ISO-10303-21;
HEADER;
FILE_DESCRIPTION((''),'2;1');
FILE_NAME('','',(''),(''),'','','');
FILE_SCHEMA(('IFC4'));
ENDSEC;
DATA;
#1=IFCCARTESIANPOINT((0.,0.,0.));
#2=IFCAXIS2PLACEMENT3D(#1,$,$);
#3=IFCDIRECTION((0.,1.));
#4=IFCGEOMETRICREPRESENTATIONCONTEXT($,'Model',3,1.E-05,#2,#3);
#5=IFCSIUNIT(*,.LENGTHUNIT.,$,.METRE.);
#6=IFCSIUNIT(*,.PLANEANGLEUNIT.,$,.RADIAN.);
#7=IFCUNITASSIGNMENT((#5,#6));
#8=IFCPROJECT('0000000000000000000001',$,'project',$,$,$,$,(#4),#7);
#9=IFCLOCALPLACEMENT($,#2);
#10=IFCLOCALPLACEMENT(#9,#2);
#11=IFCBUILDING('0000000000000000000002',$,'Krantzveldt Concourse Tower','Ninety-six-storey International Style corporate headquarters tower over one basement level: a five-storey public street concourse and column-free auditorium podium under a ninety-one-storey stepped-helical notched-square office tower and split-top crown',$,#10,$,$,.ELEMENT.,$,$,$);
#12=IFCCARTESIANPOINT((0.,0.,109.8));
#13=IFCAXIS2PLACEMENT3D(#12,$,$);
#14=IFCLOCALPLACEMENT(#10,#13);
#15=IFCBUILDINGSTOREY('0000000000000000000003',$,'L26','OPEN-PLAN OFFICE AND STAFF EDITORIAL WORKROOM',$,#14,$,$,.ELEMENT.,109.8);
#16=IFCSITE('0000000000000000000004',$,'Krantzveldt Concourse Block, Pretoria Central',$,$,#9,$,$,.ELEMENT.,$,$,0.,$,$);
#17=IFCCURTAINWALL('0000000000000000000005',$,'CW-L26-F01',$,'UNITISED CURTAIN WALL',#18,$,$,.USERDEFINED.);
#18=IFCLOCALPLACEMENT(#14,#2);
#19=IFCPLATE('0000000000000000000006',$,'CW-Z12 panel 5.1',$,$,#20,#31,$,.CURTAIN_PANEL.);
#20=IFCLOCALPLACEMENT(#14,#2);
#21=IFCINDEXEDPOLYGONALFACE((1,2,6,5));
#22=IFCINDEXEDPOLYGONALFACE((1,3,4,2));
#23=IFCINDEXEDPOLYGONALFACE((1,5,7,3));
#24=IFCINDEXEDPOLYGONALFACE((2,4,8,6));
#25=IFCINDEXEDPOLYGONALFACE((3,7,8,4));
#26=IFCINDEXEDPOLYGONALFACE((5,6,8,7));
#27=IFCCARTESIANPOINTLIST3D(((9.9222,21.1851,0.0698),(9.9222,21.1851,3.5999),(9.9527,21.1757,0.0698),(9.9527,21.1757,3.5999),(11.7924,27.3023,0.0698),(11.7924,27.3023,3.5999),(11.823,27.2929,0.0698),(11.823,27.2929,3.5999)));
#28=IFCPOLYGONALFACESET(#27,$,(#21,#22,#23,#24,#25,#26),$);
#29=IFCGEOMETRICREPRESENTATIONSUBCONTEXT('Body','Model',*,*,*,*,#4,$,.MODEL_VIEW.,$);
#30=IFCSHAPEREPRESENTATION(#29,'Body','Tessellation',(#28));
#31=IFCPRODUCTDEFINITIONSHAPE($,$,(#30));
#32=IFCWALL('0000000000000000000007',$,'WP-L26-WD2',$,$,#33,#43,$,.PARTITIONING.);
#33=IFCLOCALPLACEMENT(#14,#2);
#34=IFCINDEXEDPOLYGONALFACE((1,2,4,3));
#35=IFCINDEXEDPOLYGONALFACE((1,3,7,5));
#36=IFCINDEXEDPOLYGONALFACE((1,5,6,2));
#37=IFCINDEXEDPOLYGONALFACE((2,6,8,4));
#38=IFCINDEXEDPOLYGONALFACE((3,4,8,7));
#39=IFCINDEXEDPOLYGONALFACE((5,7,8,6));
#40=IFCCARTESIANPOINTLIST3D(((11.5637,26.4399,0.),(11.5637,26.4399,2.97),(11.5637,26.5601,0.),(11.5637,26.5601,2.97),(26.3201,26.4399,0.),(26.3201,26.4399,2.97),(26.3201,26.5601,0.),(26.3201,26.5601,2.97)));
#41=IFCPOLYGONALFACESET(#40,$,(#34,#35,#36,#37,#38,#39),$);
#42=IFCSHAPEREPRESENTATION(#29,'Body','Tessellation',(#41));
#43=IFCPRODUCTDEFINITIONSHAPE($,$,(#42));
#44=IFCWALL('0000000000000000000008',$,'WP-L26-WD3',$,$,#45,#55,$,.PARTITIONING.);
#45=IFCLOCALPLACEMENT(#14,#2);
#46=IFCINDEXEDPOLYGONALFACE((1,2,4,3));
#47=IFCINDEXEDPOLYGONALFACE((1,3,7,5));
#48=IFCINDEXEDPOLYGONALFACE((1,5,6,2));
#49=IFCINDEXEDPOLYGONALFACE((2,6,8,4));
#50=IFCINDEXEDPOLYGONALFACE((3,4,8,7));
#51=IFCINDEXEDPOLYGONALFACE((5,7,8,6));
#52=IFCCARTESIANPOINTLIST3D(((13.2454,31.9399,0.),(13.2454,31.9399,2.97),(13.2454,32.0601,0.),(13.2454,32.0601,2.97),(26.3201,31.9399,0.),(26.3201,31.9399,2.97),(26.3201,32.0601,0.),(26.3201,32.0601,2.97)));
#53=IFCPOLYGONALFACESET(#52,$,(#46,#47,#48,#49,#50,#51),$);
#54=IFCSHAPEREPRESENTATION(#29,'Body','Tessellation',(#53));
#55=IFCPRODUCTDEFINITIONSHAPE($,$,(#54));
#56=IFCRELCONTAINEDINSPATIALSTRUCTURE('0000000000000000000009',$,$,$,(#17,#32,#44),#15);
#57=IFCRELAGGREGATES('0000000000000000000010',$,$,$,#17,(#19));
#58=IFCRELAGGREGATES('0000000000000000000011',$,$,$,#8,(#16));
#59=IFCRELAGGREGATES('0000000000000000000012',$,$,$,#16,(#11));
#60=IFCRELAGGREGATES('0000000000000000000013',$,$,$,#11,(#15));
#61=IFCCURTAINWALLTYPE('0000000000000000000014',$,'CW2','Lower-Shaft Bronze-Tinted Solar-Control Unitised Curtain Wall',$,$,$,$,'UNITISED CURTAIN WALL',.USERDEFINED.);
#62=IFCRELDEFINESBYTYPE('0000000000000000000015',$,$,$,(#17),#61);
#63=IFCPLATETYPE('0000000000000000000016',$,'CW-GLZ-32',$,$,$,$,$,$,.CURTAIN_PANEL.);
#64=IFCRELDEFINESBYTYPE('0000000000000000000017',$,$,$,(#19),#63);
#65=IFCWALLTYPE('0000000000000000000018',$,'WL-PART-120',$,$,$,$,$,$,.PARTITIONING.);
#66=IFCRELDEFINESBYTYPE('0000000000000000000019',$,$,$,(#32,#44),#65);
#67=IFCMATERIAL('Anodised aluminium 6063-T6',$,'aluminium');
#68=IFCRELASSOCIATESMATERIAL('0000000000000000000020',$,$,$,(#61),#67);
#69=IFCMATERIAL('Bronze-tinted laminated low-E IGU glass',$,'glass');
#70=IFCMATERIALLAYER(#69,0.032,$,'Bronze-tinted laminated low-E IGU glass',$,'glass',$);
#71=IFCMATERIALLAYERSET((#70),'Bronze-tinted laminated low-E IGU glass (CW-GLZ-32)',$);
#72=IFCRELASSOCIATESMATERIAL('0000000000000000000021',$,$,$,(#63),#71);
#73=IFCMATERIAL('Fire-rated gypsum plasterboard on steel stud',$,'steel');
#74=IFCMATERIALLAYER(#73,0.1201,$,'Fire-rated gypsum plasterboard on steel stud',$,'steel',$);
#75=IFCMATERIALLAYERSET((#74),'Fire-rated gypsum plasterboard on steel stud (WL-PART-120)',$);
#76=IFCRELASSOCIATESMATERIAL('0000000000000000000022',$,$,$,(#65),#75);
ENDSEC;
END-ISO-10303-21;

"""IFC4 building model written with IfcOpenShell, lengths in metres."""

from ifc_helpers import new_model, si_unit, direction, frame, frame_2d, origin, origin_2d, place, context, subcontext, project, spatial, rectangle, extrude, source, transform, mapped, material, layer, layer_set, type_object, type_shapes, element, aggregate, save


model = new_model("IFC4")

# Units and contexts
model_context = context("Model", 3, precision=1e-05, world=origin(), true_north=direction((0.0, 1.0)))
body_context = subcontext(model_context, "Body", "Model", "MODEL_VIEW")
ifc_project = project(units=[si_unit("LENGTHUNIT", "METRE"), si_unit("PLANEANGLEUNIT", "RADIAN")], contexts=[model_context])

# Site, building, storey
site_placement = place(None, origin())
site = spatial("IfcSite", under=ifc_project, at=site_placement, Name="Krantzveldt Concourse Block, Pretoria Central", CompositionType="ELEMENT", RefElevation=0.0)
building_placement = place(site_placement, origin())
building = spatial("IfcBuilding", under=site, at=building_placement, Name="Krantzveldt Concourse Tower", Description="Ninety-six-storey International Style corporate headquarters tower over one basement level: a five-storey public street concourse and column-free auditorium podium under a ninety-one-storey stepped-helical notched-square office tower and split-top crown", CompositionType="ELEMENT")
storey_placement = place(building_placement, frame((0.0, 0.0, 109.8)))
storey = spatial("IfcBuildingStorey", under=building, at=storey_placement, Name="L26", Description="OPEN-PLAN OFFICE AND STAFF EDITORIAL WORKROOM", CompositionType="ELEMENT", Elevation=109.8)

# Curtain wall, plate
ifc_material_1 = material(Name="Anodised aluminium 6063-T6", Category="aluminium")
curtain_wall_type = type_object("IfcCurtainWallType", Name="CW2", Description="Lower-Shaft Bronze-Tinted Solar-Control Unitised Curtain Wall", ElementType="UNITISED CURTAIN WALL", PredefinedType="USERDEFINED", material=ifc_material_1)
curtain_wall_placement = place(storey_placement, origin())
curtain_wall = element("IfcCurtainWall", 1, at=curtain_wall_placement, inside=storey, type_object=curtain_wall_type, Name="CW-L26-F01", ObjectType="UNITISED CURTAIN WALL", PredefinedType="USERDEFINED")
ifc_material_2 = material(Name="Bronze-tinted laminated low-E IGU glass", Category="glass")
ifc_layer_1 = layer(ifc_material_2, 0.032, Name="Bronze-tinted laminated low-E IGU glass", Category="glass")
ifc_layer_set_1 = layer_set([ifc_layer_1], Name="Bronze-tinted laminated low-E IGU glass (CW-GLZ-32)")
plate_type = type_object("IfcPlateType", Name="CW-GLZ-32", PredefinedType="CURTAIN_PANEL", material=ifc_layer_set_1)
shared_shape_1 = source(origin(), body_context, "Body", "SweptSolid", [
    extrude(rectangle(XDim=6.3967, YDim=0.032, at=origin_2d()), origin(), (0.0, 0.0, 1.0), 3.53),
])
type_shapes(plate_type, [shared_shape_1])
plate_1_placement = place(storey_placement, frame((10.8726, 24.239, 0.0698), z_axis=(0.0, 0.0, 1.0), x_axis=(-0.292372, -0.956305, 0.0)))
plate_1 = element("IfcPlate", 2, at=plate_1_placement, type_object=plate_type, Name="CW-Z12 panel 5.1", PredefinedType="CURTAIN_PANEL", context=body_context, shape_type="MappedRepresentation", body=[
    mapped(shared_shape_1, transform((0.0, 0.0, 0.0), x_axis=(1.0, 0.0, 0.0), y_axis=(0.0, 1.0, 0.0), z_axis=(0.0, 0.0, 1.0), scale=1.0)),
])
aggregate(curtain_wall, [plate_1])

# Walls
ifc_material_3 = material(Name="Fire-rated gypsum plasterboard on steel stud", Category="steel")
ifc_layer_2 = layer(ifc_material_3, 0.1201, Name="Fire-rated gypsum plasterboard on steel stud", Category="steel")
ifc_layer_set_2 = layer_set([ifc_layer_2], Name="Fire-rated gypsum plasterboard on steel stud (WL-PART-120)")
wall_type = type_object("IfcWallType", Name="WL-PART-120", PredefinedType="PARTITIONING", material=ifc_layer_set_2)
wall_1_placement = place(storey_placement, frame((11.5637, 26.5, 0.0), z_axis=(0.0, 0.0, 1.0), x_axis=(1.0, 0.0, 0.0)))
element("IfcWall", 3, at=wall_1_placement, inside=storey, type_object=wall_type, Name="WP-L26-WD2", PredefinedType="PARTITIONING", context=body_context, shape_type="SweptSolid", body=[
    extrude(rectangle(XDim=14.7563, YDim=0.1201, at=frame_2d((7.3782, 0.0))), origin(), (0.0, 0.0, 1.0), 2.97),
])
wall_2_placement = place(storey_placement, frame((13.2454, 32.0, 0.0), z_axis=(0.0, 0.0, 1.0), x_axis=(1.0, 0.0, 0.0)))
element("IfcWall", 4, at=wall_2_placement, inside=storey, type_object=wall_type, Name="WP-L26-WD3", PredefinedType="PARTITIONING", context=body_context, shape_type="SweptSolid", body=[
    extrude(rectangle(XDim=13.0747, YDim=0.1201, at=frame_2d((6.5374, 0.0))), origin(), (0.0, 0.0, 1.0), 2.97),
])

save(model, "model.ifc")
